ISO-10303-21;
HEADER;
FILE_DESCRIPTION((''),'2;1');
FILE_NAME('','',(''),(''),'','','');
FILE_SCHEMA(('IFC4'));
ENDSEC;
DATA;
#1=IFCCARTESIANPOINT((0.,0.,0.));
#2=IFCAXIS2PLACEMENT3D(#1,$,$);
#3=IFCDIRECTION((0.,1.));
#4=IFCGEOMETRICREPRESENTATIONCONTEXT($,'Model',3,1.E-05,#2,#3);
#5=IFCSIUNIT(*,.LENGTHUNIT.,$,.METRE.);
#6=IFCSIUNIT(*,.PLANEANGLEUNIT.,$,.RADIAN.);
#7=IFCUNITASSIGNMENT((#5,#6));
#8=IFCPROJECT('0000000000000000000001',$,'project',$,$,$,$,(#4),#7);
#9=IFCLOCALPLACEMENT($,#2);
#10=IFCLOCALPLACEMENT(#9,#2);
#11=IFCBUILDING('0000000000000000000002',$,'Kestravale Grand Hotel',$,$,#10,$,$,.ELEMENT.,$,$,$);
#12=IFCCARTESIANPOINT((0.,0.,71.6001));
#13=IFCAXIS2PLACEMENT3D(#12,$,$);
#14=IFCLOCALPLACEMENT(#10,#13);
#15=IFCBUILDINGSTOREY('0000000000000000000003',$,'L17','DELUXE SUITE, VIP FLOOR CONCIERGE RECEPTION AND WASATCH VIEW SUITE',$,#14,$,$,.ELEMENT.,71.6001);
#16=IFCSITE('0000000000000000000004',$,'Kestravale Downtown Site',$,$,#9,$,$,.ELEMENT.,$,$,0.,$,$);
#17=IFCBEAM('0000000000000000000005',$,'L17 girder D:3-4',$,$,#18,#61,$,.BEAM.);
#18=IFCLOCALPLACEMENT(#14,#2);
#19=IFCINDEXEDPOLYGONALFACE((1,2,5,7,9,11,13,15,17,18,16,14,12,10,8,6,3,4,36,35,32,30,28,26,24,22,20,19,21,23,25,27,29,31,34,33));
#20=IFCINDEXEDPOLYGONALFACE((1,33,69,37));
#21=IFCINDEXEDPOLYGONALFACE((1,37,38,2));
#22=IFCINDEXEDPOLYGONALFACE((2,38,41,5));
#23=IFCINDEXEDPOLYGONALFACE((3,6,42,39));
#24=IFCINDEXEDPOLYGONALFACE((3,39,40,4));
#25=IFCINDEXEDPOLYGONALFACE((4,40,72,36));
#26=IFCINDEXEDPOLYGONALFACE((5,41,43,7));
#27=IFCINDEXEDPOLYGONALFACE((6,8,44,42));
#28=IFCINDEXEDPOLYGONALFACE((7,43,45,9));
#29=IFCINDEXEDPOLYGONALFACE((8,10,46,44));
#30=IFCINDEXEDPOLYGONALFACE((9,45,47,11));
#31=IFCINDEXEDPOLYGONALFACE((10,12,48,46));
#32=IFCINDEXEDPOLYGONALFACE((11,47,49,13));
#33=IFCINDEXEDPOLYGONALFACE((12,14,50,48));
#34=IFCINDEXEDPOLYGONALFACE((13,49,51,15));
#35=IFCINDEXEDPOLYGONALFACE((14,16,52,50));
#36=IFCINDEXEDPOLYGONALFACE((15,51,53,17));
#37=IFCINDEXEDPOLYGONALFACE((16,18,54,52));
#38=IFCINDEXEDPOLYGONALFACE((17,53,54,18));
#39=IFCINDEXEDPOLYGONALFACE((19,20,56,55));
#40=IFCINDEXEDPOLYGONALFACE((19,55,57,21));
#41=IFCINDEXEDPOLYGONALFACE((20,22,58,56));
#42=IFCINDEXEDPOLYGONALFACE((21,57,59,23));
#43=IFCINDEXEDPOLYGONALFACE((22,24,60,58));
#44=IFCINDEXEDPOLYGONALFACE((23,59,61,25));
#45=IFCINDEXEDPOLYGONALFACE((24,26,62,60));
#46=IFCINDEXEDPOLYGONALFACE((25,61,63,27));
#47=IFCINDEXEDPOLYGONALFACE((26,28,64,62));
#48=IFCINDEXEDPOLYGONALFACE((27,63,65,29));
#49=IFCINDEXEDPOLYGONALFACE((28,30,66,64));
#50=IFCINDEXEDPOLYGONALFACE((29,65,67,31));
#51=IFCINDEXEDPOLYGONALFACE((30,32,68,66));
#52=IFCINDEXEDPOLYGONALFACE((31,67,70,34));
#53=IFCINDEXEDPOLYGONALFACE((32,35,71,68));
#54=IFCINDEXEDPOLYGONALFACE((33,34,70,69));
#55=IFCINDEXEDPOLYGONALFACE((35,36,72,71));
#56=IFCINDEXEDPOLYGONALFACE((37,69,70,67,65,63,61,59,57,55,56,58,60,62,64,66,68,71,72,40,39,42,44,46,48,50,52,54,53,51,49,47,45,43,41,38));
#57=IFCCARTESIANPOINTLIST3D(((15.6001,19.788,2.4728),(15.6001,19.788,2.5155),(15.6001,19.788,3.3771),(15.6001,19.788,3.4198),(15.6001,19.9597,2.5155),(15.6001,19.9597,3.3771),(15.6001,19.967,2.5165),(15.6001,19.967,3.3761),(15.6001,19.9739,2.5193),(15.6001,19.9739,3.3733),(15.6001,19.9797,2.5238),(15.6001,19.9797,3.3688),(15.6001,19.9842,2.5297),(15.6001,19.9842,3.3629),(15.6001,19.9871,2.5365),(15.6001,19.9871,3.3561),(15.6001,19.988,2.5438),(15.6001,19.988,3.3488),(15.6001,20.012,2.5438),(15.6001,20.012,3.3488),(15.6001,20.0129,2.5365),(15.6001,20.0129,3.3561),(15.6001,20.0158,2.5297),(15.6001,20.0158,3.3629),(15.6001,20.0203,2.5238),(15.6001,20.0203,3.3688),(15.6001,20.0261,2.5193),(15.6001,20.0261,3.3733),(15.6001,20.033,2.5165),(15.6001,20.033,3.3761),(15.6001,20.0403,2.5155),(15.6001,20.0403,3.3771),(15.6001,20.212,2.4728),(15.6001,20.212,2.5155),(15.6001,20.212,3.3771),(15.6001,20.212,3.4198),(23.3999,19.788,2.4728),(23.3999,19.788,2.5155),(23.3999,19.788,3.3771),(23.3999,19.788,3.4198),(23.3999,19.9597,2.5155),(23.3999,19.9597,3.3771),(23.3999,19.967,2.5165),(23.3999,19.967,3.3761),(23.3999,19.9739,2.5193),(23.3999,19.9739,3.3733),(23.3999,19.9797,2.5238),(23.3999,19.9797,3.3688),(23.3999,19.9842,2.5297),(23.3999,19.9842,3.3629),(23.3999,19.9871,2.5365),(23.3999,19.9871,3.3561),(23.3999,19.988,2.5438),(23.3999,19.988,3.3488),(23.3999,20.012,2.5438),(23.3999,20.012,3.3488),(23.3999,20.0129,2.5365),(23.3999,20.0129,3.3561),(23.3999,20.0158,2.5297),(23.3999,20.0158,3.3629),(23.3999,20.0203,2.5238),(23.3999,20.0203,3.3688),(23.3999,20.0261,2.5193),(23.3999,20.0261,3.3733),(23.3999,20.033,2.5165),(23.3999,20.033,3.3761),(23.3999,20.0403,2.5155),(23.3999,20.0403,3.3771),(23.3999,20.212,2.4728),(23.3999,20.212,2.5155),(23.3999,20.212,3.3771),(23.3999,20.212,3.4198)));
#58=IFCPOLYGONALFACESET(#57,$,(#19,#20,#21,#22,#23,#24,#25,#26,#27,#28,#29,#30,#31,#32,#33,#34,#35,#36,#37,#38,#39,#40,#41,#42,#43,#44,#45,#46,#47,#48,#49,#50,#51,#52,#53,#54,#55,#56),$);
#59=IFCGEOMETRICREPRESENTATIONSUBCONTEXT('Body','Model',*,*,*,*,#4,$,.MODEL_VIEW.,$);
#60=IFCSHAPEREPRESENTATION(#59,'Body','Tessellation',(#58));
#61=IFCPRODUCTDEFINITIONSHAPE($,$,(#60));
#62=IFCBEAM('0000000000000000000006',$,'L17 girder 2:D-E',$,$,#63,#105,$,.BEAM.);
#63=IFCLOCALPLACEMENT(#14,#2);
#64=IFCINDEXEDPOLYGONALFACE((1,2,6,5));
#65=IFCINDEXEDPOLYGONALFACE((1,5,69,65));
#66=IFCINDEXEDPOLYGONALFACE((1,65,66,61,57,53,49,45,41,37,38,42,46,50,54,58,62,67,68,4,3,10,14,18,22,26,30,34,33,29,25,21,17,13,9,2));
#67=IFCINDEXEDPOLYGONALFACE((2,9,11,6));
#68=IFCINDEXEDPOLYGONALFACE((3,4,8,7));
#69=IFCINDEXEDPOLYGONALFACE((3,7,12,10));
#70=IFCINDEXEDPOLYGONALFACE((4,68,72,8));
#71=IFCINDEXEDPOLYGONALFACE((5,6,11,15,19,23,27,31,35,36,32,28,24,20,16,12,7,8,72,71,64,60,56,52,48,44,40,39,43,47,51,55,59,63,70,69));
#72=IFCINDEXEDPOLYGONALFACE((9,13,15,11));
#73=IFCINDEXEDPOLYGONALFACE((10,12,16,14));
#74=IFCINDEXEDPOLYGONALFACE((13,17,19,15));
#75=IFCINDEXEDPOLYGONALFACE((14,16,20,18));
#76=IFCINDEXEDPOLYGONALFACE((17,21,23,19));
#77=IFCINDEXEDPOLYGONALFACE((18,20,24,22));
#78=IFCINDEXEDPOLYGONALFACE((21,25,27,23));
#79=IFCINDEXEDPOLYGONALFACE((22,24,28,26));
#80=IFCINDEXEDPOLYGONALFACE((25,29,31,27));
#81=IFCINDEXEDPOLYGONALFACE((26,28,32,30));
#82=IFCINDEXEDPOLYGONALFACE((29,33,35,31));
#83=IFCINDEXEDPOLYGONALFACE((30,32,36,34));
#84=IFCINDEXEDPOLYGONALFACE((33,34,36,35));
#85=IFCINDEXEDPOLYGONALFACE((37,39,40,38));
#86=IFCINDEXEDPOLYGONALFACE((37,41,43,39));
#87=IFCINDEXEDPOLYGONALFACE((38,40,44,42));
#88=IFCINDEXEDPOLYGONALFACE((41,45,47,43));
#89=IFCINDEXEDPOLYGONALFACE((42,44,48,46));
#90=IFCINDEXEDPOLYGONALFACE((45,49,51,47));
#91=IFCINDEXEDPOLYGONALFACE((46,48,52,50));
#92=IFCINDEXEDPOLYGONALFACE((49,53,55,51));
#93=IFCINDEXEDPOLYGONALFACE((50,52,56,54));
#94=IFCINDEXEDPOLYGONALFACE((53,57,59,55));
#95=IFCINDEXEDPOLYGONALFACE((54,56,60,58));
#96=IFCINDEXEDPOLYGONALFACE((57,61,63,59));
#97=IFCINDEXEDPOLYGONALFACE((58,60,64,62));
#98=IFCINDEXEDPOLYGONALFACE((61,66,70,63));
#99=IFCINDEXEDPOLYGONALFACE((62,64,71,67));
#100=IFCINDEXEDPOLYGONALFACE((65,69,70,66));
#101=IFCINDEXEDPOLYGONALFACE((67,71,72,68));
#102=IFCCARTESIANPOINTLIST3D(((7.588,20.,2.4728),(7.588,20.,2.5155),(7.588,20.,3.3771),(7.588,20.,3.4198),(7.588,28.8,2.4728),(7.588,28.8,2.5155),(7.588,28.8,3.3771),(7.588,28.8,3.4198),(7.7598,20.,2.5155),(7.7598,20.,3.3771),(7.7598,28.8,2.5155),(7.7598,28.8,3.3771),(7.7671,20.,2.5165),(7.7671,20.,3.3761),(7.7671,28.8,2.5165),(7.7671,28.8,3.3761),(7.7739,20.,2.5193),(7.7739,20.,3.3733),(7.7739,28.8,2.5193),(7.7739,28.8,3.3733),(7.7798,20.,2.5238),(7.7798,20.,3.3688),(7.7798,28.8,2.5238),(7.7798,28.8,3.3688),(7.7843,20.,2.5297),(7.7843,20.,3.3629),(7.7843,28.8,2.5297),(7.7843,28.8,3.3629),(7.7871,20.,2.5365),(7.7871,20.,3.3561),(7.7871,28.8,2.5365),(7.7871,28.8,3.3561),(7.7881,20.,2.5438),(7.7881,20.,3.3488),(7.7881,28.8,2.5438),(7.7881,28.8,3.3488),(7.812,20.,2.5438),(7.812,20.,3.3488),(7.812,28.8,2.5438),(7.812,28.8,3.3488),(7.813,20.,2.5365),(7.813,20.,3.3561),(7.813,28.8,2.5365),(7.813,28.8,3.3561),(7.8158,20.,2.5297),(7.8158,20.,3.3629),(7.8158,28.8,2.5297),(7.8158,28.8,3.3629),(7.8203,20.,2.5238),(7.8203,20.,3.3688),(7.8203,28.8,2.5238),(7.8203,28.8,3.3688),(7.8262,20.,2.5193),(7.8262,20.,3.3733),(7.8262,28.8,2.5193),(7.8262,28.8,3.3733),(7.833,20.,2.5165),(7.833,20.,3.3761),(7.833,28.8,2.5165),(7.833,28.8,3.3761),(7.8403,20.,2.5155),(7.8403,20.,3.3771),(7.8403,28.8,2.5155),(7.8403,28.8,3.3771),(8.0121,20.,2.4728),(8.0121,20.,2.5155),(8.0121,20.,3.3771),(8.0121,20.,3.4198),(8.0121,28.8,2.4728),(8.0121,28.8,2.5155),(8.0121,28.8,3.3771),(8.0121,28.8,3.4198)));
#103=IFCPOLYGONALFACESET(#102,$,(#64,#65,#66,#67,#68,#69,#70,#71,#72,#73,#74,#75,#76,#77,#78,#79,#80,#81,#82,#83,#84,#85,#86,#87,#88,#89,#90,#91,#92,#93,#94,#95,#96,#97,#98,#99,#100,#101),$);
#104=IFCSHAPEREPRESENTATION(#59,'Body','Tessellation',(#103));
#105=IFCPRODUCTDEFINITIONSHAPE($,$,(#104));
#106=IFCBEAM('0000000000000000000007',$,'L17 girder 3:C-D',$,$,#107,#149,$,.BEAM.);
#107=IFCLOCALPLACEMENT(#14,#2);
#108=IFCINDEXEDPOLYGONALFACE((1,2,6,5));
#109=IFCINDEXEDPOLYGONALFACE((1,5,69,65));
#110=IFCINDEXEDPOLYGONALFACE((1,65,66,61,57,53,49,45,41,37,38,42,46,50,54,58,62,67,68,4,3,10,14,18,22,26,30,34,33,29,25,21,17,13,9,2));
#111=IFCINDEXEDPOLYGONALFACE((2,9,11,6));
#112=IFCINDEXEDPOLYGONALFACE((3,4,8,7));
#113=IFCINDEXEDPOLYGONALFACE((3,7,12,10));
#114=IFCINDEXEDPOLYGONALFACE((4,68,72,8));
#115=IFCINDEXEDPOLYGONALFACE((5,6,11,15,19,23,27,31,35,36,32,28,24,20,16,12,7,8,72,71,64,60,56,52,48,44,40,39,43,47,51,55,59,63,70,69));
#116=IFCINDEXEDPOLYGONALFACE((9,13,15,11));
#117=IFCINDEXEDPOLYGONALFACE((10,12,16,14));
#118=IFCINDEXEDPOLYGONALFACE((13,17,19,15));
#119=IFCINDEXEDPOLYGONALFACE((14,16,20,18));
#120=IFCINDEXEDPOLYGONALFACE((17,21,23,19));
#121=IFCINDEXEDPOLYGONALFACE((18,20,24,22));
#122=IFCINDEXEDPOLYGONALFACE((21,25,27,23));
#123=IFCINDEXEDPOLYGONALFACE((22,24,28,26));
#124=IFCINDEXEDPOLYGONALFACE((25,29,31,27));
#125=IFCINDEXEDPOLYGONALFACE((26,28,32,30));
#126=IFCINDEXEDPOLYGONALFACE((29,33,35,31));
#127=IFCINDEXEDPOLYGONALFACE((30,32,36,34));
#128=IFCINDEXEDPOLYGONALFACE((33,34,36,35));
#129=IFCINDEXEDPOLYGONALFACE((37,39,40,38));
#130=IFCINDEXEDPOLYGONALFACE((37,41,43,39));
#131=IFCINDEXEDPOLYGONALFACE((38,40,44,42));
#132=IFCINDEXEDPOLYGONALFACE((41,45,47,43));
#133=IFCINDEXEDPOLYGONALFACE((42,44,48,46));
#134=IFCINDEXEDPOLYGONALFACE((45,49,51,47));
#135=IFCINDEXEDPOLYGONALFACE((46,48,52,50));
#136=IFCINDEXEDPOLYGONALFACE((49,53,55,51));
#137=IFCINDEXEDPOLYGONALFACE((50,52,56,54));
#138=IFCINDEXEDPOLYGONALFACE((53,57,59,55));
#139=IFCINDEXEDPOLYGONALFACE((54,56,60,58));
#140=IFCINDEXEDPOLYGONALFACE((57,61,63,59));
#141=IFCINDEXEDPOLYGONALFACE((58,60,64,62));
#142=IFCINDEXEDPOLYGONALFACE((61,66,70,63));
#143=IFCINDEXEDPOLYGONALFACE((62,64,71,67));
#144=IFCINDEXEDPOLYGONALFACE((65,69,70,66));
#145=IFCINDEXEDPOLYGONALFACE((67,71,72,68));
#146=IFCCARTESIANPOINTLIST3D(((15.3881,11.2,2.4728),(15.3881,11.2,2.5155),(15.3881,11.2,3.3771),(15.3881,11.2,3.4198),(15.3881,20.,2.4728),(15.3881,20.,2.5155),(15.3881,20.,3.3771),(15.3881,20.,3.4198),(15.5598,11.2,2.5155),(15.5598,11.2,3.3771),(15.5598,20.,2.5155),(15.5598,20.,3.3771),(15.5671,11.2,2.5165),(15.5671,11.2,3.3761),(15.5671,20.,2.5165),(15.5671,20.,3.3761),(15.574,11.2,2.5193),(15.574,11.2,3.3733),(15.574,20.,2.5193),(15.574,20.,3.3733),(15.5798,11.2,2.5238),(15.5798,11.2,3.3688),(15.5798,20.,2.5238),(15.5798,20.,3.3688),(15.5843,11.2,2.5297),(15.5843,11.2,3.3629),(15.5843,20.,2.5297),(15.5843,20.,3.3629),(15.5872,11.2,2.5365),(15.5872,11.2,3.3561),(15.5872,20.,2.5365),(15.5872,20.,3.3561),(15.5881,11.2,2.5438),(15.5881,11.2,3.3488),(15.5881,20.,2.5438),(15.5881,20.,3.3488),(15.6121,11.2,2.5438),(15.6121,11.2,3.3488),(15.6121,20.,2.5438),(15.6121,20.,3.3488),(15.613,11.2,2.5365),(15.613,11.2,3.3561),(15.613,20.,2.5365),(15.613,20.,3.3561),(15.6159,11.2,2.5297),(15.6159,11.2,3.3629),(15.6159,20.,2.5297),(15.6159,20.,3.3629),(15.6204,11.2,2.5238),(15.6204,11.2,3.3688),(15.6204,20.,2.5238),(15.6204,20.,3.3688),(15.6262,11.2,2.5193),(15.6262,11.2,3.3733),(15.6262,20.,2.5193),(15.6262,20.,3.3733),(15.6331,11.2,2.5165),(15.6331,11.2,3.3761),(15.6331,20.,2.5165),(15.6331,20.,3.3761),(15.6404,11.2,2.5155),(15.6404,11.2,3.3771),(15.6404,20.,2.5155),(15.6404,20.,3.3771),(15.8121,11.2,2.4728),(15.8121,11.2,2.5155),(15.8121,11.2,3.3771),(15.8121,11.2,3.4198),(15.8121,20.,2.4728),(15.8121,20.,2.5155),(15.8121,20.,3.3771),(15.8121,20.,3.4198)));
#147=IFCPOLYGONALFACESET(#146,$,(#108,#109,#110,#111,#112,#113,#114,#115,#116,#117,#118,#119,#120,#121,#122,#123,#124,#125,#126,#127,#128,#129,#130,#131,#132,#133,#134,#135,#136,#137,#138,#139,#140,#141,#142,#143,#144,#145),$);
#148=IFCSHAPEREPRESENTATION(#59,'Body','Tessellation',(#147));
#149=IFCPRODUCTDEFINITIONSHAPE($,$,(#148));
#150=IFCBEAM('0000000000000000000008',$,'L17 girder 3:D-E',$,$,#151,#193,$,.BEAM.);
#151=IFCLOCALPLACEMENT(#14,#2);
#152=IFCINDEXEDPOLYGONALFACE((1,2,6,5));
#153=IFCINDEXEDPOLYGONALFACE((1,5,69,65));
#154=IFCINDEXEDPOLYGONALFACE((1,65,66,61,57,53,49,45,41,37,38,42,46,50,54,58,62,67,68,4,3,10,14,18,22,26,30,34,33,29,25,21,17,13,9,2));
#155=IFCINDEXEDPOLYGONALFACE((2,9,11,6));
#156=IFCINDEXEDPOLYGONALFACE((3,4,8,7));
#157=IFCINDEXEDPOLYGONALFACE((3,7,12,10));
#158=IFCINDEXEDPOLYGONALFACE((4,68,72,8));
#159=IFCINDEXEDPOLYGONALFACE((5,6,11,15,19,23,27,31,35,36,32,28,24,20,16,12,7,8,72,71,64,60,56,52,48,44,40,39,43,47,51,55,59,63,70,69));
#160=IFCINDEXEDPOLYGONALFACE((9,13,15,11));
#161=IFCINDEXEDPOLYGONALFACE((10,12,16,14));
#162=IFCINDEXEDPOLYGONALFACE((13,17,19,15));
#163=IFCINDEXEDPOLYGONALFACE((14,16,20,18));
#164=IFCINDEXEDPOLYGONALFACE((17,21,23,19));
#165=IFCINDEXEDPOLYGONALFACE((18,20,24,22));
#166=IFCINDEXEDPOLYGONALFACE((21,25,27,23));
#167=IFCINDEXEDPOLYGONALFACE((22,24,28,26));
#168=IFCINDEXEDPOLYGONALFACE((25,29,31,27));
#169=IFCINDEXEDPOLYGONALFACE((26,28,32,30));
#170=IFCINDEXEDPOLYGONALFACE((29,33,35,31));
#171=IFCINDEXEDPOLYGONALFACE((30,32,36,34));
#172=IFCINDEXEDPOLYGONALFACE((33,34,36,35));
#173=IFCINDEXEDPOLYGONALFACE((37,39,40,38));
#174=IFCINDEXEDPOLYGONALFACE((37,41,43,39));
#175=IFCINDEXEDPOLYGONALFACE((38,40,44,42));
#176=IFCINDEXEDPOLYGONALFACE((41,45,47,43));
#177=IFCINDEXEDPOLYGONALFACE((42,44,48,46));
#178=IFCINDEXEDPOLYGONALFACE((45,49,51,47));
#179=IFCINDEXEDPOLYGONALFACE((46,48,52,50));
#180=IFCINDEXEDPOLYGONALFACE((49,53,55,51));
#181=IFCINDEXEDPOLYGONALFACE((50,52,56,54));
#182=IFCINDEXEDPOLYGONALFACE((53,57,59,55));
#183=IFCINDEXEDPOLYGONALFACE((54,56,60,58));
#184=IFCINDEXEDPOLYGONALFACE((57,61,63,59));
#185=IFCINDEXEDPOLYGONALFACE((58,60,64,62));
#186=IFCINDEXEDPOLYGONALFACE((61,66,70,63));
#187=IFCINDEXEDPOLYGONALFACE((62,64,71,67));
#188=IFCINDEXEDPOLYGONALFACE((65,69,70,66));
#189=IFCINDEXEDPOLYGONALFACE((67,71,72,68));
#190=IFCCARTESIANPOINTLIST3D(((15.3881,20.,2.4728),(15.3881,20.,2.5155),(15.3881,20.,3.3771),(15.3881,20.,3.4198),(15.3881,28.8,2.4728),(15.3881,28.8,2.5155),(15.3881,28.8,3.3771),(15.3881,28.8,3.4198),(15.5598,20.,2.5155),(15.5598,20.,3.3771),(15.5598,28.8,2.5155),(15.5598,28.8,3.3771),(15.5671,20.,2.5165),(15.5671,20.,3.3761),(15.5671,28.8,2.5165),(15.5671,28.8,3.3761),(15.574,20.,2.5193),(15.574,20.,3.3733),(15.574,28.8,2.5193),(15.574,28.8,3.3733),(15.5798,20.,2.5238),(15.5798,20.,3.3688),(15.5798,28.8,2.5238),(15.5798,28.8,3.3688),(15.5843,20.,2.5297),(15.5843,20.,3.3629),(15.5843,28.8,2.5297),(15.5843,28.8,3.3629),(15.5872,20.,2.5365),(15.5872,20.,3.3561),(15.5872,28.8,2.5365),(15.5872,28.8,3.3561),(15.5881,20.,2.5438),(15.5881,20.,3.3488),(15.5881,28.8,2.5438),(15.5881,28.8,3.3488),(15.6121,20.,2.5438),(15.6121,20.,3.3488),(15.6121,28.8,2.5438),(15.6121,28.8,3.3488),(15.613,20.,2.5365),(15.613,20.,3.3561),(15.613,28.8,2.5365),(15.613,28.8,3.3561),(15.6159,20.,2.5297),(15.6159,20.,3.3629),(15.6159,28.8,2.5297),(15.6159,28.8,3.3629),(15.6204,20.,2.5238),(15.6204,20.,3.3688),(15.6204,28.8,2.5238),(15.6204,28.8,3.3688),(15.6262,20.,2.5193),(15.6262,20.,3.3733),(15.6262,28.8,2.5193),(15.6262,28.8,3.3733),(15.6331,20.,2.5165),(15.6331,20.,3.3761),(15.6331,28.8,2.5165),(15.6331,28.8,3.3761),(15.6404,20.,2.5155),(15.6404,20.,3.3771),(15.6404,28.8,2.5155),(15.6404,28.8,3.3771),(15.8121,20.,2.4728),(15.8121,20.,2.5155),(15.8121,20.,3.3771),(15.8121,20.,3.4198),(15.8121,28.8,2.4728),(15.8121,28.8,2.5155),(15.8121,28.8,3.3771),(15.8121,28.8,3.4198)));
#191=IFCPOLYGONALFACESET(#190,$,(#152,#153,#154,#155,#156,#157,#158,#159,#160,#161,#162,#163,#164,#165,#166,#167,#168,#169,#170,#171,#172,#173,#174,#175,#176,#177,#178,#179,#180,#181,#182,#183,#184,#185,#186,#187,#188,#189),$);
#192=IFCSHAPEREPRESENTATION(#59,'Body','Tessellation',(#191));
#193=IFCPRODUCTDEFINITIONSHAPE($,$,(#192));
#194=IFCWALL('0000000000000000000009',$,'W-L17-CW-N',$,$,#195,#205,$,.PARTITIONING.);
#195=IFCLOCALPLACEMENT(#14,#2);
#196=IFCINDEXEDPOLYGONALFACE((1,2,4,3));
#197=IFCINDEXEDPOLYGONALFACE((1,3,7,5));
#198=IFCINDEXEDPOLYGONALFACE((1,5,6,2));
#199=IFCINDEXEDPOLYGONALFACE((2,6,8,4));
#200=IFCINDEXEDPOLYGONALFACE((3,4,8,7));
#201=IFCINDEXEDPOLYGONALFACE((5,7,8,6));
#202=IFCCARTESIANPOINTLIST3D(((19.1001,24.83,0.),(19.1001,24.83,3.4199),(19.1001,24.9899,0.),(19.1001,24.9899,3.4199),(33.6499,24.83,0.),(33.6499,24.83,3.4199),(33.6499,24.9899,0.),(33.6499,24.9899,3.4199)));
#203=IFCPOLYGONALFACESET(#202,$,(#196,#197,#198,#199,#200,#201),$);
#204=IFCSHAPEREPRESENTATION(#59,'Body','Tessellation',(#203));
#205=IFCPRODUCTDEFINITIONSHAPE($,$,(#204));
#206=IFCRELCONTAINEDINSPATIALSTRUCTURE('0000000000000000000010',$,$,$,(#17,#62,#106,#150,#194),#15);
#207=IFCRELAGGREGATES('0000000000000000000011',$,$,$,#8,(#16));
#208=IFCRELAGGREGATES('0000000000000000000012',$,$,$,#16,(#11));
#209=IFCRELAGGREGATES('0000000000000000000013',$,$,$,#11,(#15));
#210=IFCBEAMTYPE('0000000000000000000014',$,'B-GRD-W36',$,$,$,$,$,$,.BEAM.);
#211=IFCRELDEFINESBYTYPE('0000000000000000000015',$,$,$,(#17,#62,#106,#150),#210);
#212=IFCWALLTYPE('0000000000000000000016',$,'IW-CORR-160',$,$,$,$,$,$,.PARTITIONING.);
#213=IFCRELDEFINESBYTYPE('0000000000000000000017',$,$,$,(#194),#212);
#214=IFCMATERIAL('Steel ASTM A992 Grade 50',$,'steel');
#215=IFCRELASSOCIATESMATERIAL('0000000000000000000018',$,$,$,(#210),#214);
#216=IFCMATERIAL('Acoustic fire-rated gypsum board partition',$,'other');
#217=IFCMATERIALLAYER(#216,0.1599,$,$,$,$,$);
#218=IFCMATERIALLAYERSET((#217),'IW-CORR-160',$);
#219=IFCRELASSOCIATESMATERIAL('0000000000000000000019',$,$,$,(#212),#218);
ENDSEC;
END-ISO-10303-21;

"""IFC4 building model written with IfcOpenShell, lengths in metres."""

from ifc_helpers import new_model, si_unit, direction, frame, frame_2d, origin, origin_2d, place, context, subcontext, project, spatial, rectangle, i_section, extrude, material, layer, layer_set, material_profile, profile_set, type_object, element, save


model = new_model("IFC4")

# Units and contexts
model_context = context("Model", 3, precision=1e-05, world=origin(), true_north=direction((0.0, 1.0)))
body_context = subcontext(model_context, "Body", "Model", "MODEL_VIEW")
ifc_project = project(units=[si_unit("LENGTHUNIT", "METRE"), si_unit("PLANEANGLEUNIT", "RADIAN")], contexts=[model_context])

# Site, building, storey
site_placement = place(None, origin())
site = spatial("IfcSite", under=ifc_project, at=site_placement, Name="Kestravale Downtown Site", CompositionType="ELEMENT", RefElevation=0.0)
building_placement = place(site_placement, origin())
building = spatial("IfcBuilding", under=site, at=building_placement, Name="Kestravale Grand Hotel", CompositionType="ELEMENT")
storey_placement = place(building_placement, frame((0.0, 0.0, 71.6001)))
storey = spatial("IfcBuildingStorey", under=building, at=storey_placement, Name="L17", Description="DELUXE SUITE, VIP FLOOR CONCIERGE RECEPTION AND WASATCH VIEW SUITE", CompositionType="ELEMENT", Elevation=71.6001)

# Beams
ifc_material_1 = material(Name="Steel ASTM A992 Grade 50", Category="steel")
ifc_material_profile_1 = material_profile(ifc_material_1, i_section(OverallWidth=0.4241, OverallDepth=0.947, WebThickness=0.0239, FlangeThickness=0.0427, FilletRadius=0.0283, at=origin_2d()))
ifc_profile_set_1 = profile_set([ifc_material_profile_1], Name="Steel ASTM A992 Grade 50")
beam_type_1 = type_object("IfcBeamType", Name="B-GRD-W36", PredefinedType="BEAM", material=ifc_profile_set_1)
beam_1_placement = place(storey_placement, frame((15.6001, 20.0, 2.9463), z_axis=(1.0, 0.0, 0.0), x_axis=(0.0, 1.0, 0.0)))
element("IfcBeam", 1, at=beam_1_placement, inside=storey, type_object=beam_type_1, Name="L17 girder D:3-4", PredefinedType="BEAM", context=body_context, shape_type="SweptSolid", body=[
    extrude(i_section(OverallWidth=0.4241, OverallDepth=0.947, WebThickness=0.0239, FlangeThickness=0.0427, FilletRadius=0.0283, at=origin_2d()), origin(), (0.0, 0.0, 1.0), 7.7998),
])
for number, where, z_axis, x_axis, name in (
    (2, (7.8, 20.0, 2.9463), (0.0, 1.0, 0.0), (-1.0, 0.0, 0.0), "L17 girder 2:D-E"),
    (3, (15.6001, 11.2, 2.9463), (0.0, 1.0, 0.0), (-1.0, 0.0, 0.0), "L17 girder 3:C-D"),
    (4, (15.6001, 20.0, 2.9463), (0.0, 1.0, 0.0), (-1.0, 0.0, 0.0), "L17 girder 3:D-E"),
):
    element("IfcBeam", number, at=place(storey_placement, frame(where, z_axis=z_axis, x_axis=x_axis)), inside=storey, type_object=beam_type_1, Name=name, PredefinedType="BEAM", context=body_context, shape_type="SweptSolid", body=[
        extrude(i_section(OverallWidth=0.4241, OverallDepth=0.947, WebThickness=0.0239, FlangeThickness=0.0427, FilletRadius=0.0283, at=origin_2d()), origin(), (0.0, 0.0, 1.0), 8.8),
    ])

# Wall
ifc_material_2 = material(Name="Acoustic fire-rated gypsum board partition", Category="other")
ifc_layer_1 = layer(ifc_material_2, 0.1599)
ifc_layer_set_1 = layer_set([ifc_layer_1], Name="IW-CORR-160")
wall_type_1 = type_object("IfcWallType", Name="IW-CORR-160", PredefinedType="PARTITIONING", material=ifc_layer_set_1)
wall_1_placement = place(storey_placement, frame((19.1001, 24.9099, 0.0), z_axis=(0.0, 0.0, 1.0), x_axis=(1.0, 0.0, 0.0)))
element("IfcWall", 5, at=wall_1_placement, inside=storey, type_object=wall_type_1, Name="W-L17-CW-N", PredefinedType="PARTITIONING", context=body_context, shape_type="SweptSolid", body=[
    extrude(rectangle(XDim=14.5498, YDim=0.1599, at=frame_2d((7.2749, 0.0))), origin(), (0.0, 0.0, 1.0), 3.4199),
])

save(model, "model.ifc")
